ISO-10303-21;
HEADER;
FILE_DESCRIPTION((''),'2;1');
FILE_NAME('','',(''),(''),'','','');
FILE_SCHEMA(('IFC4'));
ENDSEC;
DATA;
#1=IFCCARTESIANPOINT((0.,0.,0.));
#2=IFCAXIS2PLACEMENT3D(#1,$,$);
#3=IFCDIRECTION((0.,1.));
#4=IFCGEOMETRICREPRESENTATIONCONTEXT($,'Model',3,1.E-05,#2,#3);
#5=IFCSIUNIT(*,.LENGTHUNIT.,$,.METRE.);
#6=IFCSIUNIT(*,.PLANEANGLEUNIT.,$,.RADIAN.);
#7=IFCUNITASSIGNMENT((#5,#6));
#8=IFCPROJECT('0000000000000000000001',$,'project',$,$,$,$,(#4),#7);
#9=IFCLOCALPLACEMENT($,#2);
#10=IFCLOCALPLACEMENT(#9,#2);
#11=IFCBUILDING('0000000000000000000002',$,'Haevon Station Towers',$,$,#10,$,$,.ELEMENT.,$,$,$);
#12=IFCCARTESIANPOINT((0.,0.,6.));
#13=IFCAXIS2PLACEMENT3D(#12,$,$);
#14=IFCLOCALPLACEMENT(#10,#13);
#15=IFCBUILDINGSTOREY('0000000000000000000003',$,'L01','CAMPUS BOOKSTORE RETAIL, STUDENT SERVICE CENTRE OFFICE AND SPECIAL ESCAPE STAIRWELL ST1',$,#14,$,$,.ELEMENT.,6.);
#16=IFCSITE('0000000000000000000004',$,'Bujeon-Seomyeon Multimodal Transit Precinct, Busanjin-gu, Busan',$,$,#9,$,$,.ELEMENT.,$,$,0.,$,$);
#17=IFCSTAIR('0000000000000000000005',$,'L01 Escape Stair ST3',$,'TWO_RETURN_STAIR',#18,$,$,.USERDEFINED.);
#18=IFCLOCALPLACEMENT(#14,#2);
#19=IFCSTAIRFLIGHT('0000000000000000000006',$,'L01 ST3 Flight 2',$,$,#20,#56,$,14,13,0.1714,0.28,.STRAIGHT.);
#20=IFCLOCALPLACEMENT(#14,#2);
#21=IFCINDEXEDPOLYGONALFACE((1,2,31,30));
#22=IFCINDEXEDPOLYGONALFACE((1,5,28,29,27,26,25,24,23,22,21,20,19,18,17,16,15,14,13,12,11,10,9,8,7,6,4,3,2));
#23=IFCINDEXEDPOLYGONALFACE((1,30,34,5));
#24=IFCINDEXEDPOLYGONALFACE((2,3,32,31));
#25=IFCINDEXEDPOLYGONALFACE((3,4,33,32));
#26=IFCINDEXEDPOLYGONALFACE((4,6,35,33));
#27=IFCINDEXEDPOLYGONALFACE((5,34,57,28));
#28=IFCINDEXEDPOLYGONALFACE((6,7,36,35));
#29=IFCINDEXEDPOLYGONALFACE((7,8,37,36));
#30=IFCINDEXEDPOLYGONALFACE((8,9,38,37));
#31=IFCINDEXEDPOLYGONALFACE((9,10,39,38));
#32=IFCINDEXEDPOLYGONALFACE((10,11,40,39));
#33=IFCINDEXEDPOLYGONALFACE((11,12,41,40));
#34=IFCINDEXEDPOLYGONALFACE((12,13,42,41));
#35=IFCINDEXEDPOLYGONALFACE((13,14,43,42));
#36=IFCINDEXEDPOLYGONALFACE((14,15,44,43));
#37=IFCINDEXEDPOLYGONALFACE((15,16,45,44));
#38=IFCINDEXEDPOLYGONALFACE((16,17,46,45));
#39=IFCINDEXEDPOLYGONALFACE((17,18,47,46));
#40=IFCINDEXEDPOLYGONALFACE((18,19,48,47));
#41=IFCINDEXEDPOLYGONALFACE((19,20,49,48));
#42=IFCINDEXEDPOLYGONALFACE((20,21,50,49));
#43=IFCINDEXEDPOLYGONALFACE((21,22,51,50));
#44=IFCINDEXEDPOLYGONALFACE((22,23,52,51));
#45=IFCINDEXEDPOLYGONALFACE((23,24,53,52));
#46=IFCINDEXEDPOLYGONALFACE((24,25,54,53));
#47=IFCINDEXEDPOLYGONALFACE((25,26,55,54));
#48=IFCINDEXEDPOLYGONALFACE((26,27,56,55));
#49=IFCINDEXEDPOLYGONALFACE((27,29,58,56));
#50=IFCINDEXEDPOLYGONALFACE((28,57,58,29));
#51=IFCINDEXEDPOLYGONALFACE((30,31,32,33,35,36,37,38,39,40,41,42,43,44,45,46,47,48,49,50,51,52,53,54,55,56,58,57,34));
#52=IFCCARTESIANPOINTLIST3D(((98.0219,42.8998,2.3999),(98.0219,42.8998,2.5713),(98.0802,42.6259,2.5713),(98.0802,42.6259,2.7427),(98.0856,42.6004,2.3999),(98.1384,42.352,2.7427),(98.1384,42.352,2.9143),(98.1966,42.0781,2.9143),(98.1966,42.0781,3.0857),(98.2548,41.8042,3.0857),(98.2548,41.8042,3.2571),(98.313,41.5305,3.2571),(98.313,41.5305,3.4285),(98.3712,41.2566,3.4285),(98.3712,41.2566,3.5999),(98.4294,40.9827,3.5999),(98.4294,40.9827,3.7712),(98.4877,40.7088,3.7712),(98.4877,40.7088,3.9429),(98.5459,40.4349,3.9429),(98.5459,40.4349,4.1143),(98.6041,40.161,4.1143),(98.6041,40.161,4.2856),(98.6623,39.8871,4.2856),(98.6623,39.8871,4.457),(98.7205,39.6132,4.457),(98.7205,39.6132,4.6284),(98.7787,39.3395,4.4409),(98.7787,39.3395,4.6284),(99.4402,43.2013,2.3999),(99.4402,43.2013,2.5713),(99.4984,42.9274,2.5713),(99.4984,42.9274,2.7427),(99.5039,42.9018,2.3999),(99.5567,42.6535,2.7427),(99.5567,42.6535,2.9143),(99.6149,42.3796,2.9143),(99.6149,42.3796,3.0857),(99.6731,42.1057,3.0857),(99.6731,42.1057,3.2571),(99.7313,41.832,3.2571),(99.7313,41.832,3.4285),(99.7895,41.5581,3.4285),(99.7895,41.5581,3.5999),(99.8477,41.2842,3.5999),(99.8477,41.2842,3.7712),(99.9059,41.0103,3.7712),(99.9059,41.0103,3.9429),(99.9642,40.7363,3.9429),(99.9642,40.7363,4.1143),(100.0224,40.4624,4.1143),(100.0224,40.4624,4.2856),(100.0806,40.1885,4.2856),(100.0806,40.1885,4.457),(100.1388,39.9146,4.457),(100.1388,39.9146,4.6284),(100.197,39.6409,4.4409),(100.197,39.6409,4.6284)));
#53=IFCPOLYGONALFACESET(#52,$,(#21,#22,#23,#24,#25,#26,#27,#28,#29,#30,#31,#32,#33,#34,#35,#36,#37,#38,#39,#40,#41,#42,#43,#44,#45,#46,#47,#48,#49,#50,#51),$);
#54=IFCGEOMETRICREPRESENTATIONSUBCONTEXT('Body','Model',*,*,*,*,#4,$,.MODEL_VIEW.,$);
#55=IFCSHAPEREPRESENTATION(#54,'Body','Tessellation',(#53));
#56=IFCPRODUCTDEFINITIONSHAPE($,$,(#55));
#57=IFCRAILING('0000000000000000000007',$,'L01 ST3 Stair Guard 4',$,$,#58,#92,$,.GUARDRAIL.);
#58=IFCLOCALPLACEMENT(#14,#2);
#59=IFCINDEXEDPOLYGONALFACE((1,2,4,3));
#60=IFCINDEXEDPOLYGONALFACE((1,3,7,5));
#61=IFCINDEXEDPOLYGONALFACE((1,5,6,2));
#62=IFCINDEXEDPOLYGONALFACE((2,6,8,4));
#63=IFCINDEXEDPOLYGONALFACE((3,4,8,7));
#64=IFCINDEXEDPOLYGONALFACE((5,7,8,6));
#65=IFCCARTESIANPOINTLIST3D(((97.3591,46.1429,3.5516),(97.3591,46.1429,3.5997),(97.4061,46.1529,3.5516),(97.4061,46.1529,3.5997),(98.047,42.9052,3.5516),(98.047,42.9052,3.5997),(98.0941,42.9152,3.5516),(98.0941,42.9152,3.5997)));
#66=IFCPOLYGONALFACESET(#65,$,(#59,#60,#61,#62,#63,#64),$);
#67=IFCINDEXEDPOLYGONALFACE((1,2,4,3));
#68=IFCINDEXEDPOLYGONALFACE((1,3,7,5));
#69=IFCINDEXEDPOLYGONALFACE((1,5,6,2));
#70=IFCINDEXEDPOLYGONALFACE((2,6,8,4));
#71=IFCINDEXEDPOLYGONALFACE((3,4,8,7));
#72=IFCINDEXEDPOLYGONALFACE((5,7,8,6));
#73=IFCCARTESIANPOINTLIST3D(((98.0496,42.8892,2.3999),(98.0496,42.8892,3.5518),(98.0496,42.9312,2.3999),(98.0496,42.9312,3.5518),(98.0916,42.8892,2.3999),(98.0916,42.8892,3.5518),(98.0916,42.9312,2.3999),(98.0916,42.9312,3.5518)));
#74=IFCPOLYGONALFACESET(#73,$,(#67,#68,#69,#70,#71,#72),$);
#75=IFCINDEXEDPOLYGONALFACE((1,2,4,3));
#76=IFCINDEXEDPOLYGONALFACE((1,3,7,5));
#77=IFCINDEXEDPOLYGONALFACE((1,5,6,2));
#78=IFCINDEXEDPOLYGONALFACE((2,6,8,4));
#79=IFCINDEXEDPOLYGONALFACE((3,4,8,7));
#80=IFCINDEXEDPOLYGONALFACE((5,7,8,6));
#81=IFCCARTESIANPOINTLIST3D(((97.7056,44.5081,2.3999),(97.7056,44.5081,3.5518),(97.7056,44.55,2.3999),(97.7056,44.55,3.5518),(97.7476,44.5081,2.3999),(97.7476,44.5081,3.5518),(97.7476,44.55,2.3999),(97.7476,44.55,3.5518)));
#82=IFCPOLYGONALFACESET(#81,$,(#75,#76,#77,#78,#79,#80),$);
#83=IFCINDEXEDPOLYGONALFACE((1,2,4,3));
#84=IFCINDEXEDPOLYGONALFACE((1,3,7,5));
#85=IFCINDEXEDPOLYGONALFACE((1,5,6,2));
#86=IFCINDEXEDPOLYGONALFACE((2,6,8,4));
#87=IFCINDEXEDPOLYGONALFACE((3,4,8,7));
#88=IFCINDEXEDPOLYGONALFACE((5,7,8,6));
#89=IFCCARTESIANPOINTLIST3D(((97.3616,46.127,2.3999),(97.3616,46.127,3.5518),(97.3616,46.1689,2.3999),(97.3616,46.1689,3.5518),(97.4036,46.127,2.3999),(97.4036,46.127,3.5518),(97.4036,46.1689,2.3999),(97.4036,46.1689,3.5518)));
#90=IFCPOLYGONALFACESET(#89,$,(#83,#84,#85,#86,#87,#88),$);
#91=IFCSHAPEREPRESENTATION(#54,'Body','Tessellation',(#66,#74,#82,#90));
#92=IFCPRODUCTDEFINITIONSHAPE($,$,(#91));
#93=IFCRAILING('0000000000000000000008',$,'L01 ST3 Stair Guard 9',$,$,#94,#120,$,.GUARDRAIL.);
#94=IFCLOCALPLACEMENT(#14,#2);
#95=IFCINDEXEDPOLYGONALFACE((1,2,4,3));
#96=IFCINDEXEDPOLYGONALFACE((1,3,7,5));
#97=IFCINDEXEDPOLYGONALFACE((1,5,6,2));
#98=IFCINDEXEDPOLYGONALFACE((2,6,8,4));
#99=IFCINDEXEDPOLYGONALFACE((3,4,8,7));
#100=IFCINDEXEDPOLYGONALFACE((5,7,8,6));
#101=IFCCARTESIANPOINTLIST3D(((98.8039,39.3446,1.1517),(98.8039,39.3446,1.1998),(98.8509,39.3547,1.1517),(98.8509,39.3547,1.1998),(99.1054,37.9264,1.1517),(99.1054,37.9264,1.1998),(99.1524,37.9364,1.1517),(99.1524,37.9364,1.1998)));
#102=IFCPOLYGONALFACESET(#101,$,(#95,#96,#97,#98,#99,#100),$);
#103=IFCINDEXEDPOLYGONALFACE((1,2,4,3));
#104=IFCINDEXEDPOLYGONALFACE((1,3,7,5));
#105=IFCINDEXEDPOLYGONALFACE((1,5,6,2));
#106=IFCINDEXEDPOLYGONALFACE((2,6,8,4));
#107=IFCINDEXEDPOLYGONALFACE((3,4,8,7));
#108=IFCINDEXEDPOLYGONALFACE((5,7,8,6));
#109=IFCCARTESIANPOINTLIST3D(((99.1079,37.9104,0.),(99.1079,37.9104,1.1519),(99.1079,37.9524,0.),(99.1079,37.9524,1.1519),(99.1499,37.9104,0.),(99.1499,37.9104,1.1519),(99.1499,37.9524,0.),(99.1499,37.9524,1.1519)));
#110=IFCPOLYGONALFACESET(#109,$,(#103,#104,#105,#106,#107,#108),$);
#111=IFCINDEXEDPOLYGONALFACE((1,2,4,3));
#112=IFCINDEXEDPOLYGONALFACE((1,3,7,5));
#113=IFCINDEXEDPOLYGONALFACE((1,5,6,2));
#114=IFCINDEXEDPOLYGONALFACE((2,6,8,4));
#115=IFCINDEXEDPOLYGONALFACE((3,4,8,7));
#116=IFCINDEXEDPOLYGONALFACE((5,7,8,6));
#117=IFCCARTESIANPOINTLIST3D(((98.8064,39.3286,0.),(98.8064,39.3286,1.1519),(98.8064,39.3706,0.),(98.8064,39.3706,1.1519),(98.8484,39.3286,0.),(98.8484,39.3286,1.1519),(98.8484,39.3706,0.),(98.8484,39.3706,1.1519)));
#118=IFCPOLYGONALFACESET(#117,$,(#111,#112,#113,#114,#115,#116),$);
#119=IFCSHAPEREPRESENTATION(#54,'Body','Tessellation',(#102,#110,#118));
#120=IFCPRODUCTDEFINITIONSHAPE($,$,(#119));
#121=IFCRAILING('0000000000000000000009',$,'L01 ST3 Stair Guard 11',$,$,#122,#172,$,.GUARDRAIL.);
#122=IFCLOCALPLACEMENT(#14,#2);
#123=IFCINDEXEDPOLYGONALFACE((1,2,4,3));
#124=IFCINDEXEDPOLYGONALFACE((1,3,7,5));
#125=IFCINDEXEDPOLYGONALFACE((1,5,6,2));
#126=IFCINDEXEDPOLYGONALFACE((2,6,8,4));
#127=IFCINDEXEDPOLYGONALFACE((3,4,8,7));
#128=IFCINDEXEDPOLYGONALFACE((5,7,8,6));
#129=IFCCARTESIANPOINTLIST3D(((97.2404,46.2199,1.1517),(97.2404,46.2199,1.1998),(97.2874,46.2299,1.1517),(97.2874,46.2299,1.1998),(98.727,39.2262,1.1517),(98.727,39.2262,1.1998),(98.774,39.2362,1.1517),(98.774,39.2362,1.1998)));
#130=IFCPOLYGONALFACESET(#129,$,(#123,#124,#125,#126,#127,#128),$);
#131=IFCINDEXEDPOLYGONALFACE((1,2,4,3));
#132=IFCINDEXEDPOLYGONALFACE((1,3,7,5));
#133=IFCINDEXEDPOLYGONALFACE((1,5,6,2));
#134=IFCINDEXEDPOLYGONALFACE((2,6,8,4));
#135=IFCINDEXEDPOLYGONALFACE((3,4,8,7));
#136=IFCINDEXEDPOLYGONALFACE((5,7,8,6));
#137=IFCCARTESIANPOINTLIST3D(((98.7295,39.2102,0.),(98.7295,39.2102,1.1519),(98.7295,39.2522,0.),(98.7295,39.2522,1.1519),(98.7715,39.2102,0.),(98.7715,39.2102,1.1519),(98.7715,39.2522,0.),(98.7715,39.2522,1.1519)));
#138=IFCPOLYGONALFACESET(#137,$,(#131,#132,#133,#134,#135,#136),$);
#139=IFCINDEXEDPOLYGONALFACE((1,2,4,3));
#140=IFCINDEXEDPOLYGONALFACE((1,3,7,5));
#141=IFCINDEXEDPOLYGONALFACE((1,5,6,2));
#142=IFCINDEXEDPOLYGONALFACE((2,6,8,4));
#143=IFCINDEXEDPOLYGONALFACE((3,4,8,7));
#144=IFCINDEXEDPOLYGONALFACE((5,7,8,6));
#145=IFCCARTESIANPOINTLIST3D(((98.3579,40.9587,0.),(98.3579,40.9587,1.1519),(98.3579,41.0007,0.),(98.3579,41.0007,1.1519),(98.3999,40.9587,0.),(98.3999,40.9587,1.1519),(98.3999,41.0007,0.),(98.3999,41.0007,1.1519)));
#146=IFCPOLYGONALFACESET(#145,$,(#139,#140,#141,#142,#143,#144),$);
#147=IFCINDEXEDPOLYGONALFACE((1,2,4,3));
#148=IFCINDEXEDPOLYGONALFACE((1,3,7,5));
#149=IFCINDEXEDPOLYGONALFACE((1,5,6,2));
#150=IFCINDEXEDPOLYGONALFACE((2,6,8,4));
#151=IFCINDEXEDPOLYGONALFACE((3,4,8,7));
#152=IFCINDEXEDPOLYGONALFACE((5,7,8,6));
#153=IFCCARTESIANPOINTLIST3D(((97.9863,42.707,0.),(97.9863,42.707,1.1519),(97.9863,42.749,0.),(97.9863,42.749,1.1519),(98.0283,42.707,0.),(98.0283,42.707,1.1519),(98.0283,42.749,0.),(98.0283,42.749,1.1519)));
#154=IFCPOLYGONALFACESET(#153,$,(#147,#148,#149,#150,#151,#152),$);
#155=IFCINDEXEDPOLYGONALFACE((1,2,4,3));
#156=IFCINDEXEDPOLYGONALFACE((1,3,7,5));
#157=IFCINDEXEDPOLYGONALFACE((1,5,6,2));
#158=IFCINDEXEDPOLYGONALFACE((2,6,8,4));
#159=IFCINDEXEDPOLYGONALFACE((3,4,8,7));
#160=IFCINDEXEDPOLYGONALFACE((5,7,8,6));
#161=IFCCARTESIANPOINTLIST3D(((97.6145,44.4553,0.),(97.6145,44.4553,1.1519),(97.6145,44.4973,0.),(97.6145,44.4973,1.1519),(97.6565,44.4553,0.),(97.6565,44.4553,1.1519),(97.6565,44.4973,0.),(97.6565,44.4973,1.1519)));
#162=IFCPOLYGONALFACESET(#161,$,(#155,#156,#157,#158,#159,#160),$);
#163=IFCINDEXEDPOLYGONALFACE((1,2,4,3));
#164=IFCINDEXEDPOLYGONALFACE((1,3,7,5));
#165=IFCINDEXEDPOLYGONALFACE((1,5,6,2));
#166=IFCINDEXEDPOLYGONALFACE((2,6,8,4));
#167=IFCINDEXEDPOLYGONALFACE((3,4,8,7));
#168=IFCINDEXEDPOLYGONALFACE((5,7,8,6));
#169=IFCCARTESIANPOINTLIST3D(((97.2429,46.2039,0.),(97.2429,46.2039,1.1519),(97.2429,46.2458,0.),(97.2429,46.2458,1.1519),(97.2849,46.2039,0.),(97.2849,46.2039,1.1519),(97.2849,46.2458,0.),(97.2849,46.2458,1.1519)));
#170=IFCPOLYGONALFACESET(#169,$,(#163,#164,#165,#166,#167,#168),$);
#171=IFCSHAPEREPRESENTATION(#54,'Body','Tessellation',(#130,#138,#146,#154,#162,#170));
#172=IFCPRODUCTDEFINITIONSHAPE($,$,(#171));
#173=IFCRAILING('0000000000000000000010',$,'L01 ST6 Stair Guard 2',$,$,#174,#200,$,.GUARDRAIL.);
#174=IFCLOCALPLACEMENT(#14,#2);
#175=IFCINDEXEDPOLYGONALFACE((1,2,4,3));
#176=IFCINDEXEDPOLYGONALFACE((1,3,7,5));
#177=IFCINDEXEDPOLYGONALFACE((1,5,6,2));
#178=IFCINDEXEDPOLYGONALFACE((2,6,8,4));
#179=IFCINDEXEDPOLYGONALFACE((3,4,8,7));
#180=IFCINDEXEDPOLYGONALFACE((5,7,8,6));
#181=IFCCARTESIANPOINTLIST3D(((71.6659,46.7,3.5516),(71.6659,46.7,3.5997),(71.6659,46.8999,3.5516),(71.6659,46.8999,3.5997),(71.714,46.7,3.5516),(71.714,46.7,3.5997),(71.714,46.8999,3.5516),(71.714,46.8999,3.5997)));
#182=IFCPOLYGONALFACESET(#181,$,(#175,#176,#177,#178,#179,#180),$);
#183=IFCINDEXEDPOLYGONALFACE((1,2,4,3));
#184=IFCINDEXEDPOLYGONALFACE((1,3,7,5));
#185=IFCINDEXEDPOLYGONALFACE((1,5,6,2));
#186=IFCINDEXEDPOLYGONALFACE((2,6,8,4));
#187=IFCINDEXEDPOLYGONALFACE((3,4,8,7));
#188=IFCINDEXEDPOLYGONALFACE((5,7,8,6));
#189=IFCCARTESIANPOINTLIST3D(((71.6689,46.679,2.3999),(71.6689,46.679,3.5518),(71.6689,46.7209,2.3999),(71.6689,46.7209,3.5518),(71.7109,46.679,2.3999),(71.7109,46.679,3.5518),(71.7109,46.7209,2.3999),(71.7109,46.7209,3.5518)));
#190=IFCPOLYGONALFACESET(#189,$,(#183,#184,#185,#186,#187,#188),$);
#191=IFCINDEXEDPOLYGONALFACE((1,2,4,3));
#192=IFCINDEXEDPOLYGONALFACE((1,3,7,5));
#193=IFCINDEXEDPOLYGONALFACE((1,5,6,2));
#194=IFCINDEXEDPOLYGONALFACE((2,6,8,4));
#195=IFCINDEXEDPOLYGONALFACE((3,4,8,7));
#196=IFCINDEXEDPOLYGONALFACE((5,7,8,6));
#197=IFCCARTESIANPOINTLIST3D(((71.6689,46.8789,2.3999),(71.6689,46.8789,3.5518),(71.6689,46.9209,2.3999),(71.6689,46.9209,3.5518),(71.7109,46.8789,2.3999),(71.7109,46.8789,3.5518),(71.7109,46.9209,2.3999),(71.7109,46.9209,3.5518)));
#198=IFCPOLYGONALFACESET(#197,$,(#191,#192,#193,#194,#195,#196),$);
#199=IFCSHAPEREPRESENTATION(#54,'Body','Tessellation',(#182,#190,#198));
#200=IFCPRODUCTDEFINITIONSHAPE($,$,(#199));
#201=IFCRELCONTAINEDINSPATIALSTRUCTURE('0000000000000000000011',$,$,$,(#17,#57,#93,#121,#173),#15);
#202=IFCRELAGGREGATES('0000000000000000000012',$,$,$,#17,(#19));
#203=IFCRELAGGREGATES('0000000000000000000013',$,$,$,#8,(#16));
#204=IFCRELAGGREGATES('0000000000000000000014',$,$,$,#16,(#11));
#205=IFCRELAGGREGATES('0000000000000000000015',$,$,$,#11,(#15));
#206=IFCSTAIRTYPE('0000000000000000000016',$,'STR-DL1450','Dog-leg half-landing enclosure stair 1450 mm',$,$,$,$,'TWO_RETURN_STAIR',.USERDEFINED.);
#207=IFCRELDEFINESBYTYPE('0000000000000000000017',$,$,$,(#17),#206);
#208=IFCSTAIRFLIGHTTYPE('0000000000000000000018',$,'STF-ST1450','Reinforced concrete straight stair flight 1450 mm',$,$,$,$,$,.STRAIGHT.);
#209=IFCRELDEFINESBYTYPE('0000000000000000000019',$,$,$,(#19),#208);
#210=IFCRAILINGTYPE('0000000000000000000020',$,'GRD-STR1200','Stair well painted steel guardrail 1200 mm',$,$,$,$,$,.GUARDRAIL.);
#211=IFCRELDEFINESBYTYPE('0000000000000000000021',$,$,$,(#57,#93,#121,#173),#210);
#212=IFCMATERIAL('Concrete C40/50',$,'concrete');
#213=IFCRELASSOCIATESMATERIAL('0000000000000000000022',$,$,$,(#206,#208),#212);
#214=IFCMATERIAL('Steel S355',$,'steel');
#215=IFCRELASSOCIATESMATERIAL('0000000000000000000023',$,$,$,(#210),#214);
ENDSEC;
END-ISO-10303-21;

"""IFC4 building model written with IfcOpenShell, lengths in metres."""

from ifc_helpers import new_model, si_unit, direction, frame, origin, origin_2d, place, context, subcontext, project, spatial, polyline, rectangle, outline, extrude, material, type_object, element, aggregate, save


model = new_model("IFC4")

# Units and contexts
model_context = context("Model", 3, precision=1e-05, world=origin(), true_north=direction((0.0, 1.0)))
body_context = subcontext(model_context, "Body", "Model", "MODEL_VIEW")
ifc_project = project(units=[si_unit("LENGTHUNIT", "METRE"), si_unit("PLANEANGLEUNIT", "RADIAN")], contexts=[model_context])

# Site, building, storey
site_placement = place(None, origin())
site = spatial("IfcSite", under=ifc_project, at=site_placement, Name="Bujeon-Seomyeon Multimodal Transit Precinct, Busanjin-gu, Busan", CompositionType="ELEMENT", RefElevation=0.0)
building_placement = place(site_placement, origin())
building = spatial("IfcBuilding", under=site, at=building_placement, Name="Haevon Station Towers", CompositionType="ELEMENT")
storey_placement = place(building_placement, frame((0.0, 0.0, 6.0)))
storey = spatial("IfcBuildingStorey", under=building, at=storey_placement, Name="L01", Description="CAMPUS BOOKSTORE RETAIL, STUDENT SERVICE CENTRE OFFICE AND SPECIAL ESCAPE STAIRWELL ST1", CompositionType="ELEMENT", Elevation=6.0)

# Shared definitions
ifc_material_1 = material(Name="Steel S355", Category="steel")

# Stair, stair flight
ifc_material_2 = material(Name="Concrete C40/50", Category="concrete")
stair_type = type_object("IfcStairType", Name="STR-DL1450", Description="Dog-leg half-landing enclosure stair 1450 mm", ElementType="TWO_RETURN_STAIR", PredefinedType="USERDEFINED", material=ifc_material_2)
stair_placement = place(storey_placement, origin())
stair = element("IfcStair", 1, at=stair_placement, inside=storey, type_object=stair_type, Name="L01 Escape Stair ST3", ObjectType="TWO_RETURN_STAIR", PredefinedType="USERDEFINED")
stair_flight_type = type_object("IfcStairFlightType", Name="STF-ST1450", Description="Reinforced concrete straight stair flight 1450 mm", PredefinedType="STRAIGHT", material=ifc_material_2)
stair_flight_placement = place(storey_placement, frame((98.731, 43.0505, 2.3999), z_axis=(0.0, 0.0, 1.0), x_axis=(0.207912, -0.978148, 0.0)))
stair_flight = element("IfcStairFlight", 2, at=stair_flight_placement, type_object=stair_flight_type, Name="L01 ST3 Flight 2", NumberOfRisers=14, NumberOfTreads=13, PredefinedType="STRAIGHT", RiserHeight=0.1714, TreadLength=0.28, context=body_context, shape_type="SweptSolid", body=[
    extrude(outline(polyline([(0.0, 0.0), (0.0, 0.1714), (0.28, 0.1714), (0.28, 0.3428), (0.5601, 0.3428), (0.5601, 0.5144), (0.8401, 0.5144), (0.8401, 0.6858), (1.1201, 0.6858), (1.1201, 0.8572), (1.3999, 0.8572), (1.3999, 1.0286), (1.6799, 1.0286), (1.6799, 1.2), (1.96, 1.2), (1.96, 1.3713), (2.24, 1.3713), (2.24, 1.543), (2.52, 1.543), (2.52, 1.7144), (2.8, 1.7144), (2.8, 1.8857), (3.0801, 1.8857), (3.0801, 2.0571), (3.3601, 2.0571), (3.3601, 2.2285), (3.6399, 2.2285), (3.6399, 2.3999), (3.6399, 2.041), (0.3062, 0.0), (0.0, 0.0)])), frame((0.0, 0.7251, 0.0), z_axis=(0.0, -1.0, 0.0), x_axis=(1.0, 0.0, 0.0)), (0.0, 0.0, 1.0), 1.45),
])
aggregate(stair, [stair_flight])

# Railings
railing_type_1 = type_object("IfcRailingType", Name="GRD-STR1200", Description="Stair well painted steel guardrail 1200 mm", PredefinedType="GUARDRAIL", material=ifc_material_1)
railing_1_placement = place(storey_placement, frame((98.0706, 42.9102, 2.3999)))
element("IfcRailing", 3, at=railing_1_placement, inside=storey, type_object=railing_type_1, Name="L01 ST3 Stair Guard 4", PredefinedType="GUARDRAIL", context=body_context, shape_type="SweptSolid", body=[
    extrude(rectangle(XDim=0.0481, YDim=0.0481, at=origin_2d()), frame((0.0, 0.0, 1.1758), z_axis=(-0.207846, 0.978161, 0.0), x_axis=(-0.978161, -0.207846, 0.0)), (0.0, 0.0, 1.0), 3.3101),
    extrude(rectangle(XDim=0.042, YDim=0.042, at=origin_2d()), origin(), (0.0, 0.0, 1.0), 1.1519),
    extrude(rectangle(XDim=0.042, YDim=0.042, at=origin_2d()), frame((-0.344, 1.6189, 0.0)), (0.0, 0.0, 1.0), 1.1519),
    extrude(rectangle(XDim=0.042, YDim=0.042, at=origin_2d()), frame((-0.688, 3.2378, 0.0)), (0.0, 0.0, 1.0), 1.1519),
])
railing_2_placement = place(storey_placement, frame((99.1289, 37.9314, 0.0)))
element("IfcRailing", 4, at=railing_2_placement, inside=storey, type_object=railing_type_1, Name="L01 ST3 Stair Guard 9", PredefinedType="GUARDRAIL", context=body_context, shape_type="SweptSolid", body=[
    extrude(rectangle(XDim=0.0481, YDim=0.0481, at=origin_2d()), frame((0.0, 0.0, 1.1758), z_axis=(-0.207953, 0.978139, 0.0), x_axis=(-0.978139, -0.207953, 0.0)), (0.0, 0.0, 1.0), 1.45),
    extrude(rectangle(XDim=0.042, YDim=0.042, at=origin_2d()), origin(), (0.0, 0.0, 1.0), 1.1519),
    extrude(rectangle(XDim=0.042, YDim=0.042, at=origin_2d()), frame((-0.3015, 1.4182, 0.0)), (0.0, 0.0, 1.0), 1.1519),
])
railing_3_placement = place(storey_placement, frame((98.7505, 39.2312, 0.0)))
element("IfcRailing", 5, at=railing_3_placement, inside=storey, type_object=railing_type_1, Name="L01 ST3 Stair Guard 11", PredefinedType="GUARDRAIL", context=body_context, shape_type="SweptSolid", body=[
    extrude(rectangle(XDim=0.0481, YDim=0.0481, at=origin_2d()), frame((0.0, 0.0, 1.1758), z_axis=(-0.207915, 0.978147, 0.0), x_axis=(-0.978147, -0.207915, 0.0)), (0.0, 0.0, 1.0), 7.1499),
    extrude(rectangle(XDim=0.042, YDim=0.042, at=origin_2d()), origin(), (0.0, 0.0, 1.0), 1.1519),
    extrude(rectangle(XDim=0.042, YDim=0.042, at=origin_2d()), frame((-0.3716, 1.7485, 0.0)), (0.0, 0.0, 1.0), 1.1519),
    extrude(rectangle(XDim=0.042, YDim=0.042, at=origin_2d()), frame((-0.7432, 3.4968, 0.0)), (0.0, 0.0, 1.0), 1.1519),
    extrude(rectangle(XDim=0.042, YDim=0.042, at=origin_2d()), frame((-1.115, 5.2451, 0.0)), (0.0, 0.0, 1.0), 1.1519),
    extrude(rectangle(XDim=0.042, YDim=0.042, at=origin_2d()), frame((-1.4866, 6.9937, 0.0)), (0.0, 0.0, 1.0), 1.1519),
])
railing_4_placement = place(storey_placement, frame((71.6899, 46.7, 2.3999)))
element("IfcRailing", 6, at=railing_4_placement, inside=storey, type_object=railing_type_1, Name="L01 ST6 Stair Guard 2", PredefinedType="GUARDRAIL", context=body_context, shape_type="SweptSolid", body=[
    extrude(rectangle(XDim=0.0481, YDim=0.0481, at=origin_2d()), frame((0.0, 0.0, 1.1758), z_axis=(0.0, 1.0, 0.0), x_axis=(-1.0, 0.0, 0.0)), (0.0, 0.0, 1.0), 0.2),
    extrude(rectangle(XDim=0.042, YDim=0.042, at=origin_2d()), origin(), (0.0, 0.0, 1.0), 1.1519),
    extrude(rectangle(XDim=0.042, YDim=0.042, at=origin_2d()), frame((0.0, 0.2, 0.0)), (0.0, 0.0, 1.0), 1.1519),
])

save(model, "model.ifc")
